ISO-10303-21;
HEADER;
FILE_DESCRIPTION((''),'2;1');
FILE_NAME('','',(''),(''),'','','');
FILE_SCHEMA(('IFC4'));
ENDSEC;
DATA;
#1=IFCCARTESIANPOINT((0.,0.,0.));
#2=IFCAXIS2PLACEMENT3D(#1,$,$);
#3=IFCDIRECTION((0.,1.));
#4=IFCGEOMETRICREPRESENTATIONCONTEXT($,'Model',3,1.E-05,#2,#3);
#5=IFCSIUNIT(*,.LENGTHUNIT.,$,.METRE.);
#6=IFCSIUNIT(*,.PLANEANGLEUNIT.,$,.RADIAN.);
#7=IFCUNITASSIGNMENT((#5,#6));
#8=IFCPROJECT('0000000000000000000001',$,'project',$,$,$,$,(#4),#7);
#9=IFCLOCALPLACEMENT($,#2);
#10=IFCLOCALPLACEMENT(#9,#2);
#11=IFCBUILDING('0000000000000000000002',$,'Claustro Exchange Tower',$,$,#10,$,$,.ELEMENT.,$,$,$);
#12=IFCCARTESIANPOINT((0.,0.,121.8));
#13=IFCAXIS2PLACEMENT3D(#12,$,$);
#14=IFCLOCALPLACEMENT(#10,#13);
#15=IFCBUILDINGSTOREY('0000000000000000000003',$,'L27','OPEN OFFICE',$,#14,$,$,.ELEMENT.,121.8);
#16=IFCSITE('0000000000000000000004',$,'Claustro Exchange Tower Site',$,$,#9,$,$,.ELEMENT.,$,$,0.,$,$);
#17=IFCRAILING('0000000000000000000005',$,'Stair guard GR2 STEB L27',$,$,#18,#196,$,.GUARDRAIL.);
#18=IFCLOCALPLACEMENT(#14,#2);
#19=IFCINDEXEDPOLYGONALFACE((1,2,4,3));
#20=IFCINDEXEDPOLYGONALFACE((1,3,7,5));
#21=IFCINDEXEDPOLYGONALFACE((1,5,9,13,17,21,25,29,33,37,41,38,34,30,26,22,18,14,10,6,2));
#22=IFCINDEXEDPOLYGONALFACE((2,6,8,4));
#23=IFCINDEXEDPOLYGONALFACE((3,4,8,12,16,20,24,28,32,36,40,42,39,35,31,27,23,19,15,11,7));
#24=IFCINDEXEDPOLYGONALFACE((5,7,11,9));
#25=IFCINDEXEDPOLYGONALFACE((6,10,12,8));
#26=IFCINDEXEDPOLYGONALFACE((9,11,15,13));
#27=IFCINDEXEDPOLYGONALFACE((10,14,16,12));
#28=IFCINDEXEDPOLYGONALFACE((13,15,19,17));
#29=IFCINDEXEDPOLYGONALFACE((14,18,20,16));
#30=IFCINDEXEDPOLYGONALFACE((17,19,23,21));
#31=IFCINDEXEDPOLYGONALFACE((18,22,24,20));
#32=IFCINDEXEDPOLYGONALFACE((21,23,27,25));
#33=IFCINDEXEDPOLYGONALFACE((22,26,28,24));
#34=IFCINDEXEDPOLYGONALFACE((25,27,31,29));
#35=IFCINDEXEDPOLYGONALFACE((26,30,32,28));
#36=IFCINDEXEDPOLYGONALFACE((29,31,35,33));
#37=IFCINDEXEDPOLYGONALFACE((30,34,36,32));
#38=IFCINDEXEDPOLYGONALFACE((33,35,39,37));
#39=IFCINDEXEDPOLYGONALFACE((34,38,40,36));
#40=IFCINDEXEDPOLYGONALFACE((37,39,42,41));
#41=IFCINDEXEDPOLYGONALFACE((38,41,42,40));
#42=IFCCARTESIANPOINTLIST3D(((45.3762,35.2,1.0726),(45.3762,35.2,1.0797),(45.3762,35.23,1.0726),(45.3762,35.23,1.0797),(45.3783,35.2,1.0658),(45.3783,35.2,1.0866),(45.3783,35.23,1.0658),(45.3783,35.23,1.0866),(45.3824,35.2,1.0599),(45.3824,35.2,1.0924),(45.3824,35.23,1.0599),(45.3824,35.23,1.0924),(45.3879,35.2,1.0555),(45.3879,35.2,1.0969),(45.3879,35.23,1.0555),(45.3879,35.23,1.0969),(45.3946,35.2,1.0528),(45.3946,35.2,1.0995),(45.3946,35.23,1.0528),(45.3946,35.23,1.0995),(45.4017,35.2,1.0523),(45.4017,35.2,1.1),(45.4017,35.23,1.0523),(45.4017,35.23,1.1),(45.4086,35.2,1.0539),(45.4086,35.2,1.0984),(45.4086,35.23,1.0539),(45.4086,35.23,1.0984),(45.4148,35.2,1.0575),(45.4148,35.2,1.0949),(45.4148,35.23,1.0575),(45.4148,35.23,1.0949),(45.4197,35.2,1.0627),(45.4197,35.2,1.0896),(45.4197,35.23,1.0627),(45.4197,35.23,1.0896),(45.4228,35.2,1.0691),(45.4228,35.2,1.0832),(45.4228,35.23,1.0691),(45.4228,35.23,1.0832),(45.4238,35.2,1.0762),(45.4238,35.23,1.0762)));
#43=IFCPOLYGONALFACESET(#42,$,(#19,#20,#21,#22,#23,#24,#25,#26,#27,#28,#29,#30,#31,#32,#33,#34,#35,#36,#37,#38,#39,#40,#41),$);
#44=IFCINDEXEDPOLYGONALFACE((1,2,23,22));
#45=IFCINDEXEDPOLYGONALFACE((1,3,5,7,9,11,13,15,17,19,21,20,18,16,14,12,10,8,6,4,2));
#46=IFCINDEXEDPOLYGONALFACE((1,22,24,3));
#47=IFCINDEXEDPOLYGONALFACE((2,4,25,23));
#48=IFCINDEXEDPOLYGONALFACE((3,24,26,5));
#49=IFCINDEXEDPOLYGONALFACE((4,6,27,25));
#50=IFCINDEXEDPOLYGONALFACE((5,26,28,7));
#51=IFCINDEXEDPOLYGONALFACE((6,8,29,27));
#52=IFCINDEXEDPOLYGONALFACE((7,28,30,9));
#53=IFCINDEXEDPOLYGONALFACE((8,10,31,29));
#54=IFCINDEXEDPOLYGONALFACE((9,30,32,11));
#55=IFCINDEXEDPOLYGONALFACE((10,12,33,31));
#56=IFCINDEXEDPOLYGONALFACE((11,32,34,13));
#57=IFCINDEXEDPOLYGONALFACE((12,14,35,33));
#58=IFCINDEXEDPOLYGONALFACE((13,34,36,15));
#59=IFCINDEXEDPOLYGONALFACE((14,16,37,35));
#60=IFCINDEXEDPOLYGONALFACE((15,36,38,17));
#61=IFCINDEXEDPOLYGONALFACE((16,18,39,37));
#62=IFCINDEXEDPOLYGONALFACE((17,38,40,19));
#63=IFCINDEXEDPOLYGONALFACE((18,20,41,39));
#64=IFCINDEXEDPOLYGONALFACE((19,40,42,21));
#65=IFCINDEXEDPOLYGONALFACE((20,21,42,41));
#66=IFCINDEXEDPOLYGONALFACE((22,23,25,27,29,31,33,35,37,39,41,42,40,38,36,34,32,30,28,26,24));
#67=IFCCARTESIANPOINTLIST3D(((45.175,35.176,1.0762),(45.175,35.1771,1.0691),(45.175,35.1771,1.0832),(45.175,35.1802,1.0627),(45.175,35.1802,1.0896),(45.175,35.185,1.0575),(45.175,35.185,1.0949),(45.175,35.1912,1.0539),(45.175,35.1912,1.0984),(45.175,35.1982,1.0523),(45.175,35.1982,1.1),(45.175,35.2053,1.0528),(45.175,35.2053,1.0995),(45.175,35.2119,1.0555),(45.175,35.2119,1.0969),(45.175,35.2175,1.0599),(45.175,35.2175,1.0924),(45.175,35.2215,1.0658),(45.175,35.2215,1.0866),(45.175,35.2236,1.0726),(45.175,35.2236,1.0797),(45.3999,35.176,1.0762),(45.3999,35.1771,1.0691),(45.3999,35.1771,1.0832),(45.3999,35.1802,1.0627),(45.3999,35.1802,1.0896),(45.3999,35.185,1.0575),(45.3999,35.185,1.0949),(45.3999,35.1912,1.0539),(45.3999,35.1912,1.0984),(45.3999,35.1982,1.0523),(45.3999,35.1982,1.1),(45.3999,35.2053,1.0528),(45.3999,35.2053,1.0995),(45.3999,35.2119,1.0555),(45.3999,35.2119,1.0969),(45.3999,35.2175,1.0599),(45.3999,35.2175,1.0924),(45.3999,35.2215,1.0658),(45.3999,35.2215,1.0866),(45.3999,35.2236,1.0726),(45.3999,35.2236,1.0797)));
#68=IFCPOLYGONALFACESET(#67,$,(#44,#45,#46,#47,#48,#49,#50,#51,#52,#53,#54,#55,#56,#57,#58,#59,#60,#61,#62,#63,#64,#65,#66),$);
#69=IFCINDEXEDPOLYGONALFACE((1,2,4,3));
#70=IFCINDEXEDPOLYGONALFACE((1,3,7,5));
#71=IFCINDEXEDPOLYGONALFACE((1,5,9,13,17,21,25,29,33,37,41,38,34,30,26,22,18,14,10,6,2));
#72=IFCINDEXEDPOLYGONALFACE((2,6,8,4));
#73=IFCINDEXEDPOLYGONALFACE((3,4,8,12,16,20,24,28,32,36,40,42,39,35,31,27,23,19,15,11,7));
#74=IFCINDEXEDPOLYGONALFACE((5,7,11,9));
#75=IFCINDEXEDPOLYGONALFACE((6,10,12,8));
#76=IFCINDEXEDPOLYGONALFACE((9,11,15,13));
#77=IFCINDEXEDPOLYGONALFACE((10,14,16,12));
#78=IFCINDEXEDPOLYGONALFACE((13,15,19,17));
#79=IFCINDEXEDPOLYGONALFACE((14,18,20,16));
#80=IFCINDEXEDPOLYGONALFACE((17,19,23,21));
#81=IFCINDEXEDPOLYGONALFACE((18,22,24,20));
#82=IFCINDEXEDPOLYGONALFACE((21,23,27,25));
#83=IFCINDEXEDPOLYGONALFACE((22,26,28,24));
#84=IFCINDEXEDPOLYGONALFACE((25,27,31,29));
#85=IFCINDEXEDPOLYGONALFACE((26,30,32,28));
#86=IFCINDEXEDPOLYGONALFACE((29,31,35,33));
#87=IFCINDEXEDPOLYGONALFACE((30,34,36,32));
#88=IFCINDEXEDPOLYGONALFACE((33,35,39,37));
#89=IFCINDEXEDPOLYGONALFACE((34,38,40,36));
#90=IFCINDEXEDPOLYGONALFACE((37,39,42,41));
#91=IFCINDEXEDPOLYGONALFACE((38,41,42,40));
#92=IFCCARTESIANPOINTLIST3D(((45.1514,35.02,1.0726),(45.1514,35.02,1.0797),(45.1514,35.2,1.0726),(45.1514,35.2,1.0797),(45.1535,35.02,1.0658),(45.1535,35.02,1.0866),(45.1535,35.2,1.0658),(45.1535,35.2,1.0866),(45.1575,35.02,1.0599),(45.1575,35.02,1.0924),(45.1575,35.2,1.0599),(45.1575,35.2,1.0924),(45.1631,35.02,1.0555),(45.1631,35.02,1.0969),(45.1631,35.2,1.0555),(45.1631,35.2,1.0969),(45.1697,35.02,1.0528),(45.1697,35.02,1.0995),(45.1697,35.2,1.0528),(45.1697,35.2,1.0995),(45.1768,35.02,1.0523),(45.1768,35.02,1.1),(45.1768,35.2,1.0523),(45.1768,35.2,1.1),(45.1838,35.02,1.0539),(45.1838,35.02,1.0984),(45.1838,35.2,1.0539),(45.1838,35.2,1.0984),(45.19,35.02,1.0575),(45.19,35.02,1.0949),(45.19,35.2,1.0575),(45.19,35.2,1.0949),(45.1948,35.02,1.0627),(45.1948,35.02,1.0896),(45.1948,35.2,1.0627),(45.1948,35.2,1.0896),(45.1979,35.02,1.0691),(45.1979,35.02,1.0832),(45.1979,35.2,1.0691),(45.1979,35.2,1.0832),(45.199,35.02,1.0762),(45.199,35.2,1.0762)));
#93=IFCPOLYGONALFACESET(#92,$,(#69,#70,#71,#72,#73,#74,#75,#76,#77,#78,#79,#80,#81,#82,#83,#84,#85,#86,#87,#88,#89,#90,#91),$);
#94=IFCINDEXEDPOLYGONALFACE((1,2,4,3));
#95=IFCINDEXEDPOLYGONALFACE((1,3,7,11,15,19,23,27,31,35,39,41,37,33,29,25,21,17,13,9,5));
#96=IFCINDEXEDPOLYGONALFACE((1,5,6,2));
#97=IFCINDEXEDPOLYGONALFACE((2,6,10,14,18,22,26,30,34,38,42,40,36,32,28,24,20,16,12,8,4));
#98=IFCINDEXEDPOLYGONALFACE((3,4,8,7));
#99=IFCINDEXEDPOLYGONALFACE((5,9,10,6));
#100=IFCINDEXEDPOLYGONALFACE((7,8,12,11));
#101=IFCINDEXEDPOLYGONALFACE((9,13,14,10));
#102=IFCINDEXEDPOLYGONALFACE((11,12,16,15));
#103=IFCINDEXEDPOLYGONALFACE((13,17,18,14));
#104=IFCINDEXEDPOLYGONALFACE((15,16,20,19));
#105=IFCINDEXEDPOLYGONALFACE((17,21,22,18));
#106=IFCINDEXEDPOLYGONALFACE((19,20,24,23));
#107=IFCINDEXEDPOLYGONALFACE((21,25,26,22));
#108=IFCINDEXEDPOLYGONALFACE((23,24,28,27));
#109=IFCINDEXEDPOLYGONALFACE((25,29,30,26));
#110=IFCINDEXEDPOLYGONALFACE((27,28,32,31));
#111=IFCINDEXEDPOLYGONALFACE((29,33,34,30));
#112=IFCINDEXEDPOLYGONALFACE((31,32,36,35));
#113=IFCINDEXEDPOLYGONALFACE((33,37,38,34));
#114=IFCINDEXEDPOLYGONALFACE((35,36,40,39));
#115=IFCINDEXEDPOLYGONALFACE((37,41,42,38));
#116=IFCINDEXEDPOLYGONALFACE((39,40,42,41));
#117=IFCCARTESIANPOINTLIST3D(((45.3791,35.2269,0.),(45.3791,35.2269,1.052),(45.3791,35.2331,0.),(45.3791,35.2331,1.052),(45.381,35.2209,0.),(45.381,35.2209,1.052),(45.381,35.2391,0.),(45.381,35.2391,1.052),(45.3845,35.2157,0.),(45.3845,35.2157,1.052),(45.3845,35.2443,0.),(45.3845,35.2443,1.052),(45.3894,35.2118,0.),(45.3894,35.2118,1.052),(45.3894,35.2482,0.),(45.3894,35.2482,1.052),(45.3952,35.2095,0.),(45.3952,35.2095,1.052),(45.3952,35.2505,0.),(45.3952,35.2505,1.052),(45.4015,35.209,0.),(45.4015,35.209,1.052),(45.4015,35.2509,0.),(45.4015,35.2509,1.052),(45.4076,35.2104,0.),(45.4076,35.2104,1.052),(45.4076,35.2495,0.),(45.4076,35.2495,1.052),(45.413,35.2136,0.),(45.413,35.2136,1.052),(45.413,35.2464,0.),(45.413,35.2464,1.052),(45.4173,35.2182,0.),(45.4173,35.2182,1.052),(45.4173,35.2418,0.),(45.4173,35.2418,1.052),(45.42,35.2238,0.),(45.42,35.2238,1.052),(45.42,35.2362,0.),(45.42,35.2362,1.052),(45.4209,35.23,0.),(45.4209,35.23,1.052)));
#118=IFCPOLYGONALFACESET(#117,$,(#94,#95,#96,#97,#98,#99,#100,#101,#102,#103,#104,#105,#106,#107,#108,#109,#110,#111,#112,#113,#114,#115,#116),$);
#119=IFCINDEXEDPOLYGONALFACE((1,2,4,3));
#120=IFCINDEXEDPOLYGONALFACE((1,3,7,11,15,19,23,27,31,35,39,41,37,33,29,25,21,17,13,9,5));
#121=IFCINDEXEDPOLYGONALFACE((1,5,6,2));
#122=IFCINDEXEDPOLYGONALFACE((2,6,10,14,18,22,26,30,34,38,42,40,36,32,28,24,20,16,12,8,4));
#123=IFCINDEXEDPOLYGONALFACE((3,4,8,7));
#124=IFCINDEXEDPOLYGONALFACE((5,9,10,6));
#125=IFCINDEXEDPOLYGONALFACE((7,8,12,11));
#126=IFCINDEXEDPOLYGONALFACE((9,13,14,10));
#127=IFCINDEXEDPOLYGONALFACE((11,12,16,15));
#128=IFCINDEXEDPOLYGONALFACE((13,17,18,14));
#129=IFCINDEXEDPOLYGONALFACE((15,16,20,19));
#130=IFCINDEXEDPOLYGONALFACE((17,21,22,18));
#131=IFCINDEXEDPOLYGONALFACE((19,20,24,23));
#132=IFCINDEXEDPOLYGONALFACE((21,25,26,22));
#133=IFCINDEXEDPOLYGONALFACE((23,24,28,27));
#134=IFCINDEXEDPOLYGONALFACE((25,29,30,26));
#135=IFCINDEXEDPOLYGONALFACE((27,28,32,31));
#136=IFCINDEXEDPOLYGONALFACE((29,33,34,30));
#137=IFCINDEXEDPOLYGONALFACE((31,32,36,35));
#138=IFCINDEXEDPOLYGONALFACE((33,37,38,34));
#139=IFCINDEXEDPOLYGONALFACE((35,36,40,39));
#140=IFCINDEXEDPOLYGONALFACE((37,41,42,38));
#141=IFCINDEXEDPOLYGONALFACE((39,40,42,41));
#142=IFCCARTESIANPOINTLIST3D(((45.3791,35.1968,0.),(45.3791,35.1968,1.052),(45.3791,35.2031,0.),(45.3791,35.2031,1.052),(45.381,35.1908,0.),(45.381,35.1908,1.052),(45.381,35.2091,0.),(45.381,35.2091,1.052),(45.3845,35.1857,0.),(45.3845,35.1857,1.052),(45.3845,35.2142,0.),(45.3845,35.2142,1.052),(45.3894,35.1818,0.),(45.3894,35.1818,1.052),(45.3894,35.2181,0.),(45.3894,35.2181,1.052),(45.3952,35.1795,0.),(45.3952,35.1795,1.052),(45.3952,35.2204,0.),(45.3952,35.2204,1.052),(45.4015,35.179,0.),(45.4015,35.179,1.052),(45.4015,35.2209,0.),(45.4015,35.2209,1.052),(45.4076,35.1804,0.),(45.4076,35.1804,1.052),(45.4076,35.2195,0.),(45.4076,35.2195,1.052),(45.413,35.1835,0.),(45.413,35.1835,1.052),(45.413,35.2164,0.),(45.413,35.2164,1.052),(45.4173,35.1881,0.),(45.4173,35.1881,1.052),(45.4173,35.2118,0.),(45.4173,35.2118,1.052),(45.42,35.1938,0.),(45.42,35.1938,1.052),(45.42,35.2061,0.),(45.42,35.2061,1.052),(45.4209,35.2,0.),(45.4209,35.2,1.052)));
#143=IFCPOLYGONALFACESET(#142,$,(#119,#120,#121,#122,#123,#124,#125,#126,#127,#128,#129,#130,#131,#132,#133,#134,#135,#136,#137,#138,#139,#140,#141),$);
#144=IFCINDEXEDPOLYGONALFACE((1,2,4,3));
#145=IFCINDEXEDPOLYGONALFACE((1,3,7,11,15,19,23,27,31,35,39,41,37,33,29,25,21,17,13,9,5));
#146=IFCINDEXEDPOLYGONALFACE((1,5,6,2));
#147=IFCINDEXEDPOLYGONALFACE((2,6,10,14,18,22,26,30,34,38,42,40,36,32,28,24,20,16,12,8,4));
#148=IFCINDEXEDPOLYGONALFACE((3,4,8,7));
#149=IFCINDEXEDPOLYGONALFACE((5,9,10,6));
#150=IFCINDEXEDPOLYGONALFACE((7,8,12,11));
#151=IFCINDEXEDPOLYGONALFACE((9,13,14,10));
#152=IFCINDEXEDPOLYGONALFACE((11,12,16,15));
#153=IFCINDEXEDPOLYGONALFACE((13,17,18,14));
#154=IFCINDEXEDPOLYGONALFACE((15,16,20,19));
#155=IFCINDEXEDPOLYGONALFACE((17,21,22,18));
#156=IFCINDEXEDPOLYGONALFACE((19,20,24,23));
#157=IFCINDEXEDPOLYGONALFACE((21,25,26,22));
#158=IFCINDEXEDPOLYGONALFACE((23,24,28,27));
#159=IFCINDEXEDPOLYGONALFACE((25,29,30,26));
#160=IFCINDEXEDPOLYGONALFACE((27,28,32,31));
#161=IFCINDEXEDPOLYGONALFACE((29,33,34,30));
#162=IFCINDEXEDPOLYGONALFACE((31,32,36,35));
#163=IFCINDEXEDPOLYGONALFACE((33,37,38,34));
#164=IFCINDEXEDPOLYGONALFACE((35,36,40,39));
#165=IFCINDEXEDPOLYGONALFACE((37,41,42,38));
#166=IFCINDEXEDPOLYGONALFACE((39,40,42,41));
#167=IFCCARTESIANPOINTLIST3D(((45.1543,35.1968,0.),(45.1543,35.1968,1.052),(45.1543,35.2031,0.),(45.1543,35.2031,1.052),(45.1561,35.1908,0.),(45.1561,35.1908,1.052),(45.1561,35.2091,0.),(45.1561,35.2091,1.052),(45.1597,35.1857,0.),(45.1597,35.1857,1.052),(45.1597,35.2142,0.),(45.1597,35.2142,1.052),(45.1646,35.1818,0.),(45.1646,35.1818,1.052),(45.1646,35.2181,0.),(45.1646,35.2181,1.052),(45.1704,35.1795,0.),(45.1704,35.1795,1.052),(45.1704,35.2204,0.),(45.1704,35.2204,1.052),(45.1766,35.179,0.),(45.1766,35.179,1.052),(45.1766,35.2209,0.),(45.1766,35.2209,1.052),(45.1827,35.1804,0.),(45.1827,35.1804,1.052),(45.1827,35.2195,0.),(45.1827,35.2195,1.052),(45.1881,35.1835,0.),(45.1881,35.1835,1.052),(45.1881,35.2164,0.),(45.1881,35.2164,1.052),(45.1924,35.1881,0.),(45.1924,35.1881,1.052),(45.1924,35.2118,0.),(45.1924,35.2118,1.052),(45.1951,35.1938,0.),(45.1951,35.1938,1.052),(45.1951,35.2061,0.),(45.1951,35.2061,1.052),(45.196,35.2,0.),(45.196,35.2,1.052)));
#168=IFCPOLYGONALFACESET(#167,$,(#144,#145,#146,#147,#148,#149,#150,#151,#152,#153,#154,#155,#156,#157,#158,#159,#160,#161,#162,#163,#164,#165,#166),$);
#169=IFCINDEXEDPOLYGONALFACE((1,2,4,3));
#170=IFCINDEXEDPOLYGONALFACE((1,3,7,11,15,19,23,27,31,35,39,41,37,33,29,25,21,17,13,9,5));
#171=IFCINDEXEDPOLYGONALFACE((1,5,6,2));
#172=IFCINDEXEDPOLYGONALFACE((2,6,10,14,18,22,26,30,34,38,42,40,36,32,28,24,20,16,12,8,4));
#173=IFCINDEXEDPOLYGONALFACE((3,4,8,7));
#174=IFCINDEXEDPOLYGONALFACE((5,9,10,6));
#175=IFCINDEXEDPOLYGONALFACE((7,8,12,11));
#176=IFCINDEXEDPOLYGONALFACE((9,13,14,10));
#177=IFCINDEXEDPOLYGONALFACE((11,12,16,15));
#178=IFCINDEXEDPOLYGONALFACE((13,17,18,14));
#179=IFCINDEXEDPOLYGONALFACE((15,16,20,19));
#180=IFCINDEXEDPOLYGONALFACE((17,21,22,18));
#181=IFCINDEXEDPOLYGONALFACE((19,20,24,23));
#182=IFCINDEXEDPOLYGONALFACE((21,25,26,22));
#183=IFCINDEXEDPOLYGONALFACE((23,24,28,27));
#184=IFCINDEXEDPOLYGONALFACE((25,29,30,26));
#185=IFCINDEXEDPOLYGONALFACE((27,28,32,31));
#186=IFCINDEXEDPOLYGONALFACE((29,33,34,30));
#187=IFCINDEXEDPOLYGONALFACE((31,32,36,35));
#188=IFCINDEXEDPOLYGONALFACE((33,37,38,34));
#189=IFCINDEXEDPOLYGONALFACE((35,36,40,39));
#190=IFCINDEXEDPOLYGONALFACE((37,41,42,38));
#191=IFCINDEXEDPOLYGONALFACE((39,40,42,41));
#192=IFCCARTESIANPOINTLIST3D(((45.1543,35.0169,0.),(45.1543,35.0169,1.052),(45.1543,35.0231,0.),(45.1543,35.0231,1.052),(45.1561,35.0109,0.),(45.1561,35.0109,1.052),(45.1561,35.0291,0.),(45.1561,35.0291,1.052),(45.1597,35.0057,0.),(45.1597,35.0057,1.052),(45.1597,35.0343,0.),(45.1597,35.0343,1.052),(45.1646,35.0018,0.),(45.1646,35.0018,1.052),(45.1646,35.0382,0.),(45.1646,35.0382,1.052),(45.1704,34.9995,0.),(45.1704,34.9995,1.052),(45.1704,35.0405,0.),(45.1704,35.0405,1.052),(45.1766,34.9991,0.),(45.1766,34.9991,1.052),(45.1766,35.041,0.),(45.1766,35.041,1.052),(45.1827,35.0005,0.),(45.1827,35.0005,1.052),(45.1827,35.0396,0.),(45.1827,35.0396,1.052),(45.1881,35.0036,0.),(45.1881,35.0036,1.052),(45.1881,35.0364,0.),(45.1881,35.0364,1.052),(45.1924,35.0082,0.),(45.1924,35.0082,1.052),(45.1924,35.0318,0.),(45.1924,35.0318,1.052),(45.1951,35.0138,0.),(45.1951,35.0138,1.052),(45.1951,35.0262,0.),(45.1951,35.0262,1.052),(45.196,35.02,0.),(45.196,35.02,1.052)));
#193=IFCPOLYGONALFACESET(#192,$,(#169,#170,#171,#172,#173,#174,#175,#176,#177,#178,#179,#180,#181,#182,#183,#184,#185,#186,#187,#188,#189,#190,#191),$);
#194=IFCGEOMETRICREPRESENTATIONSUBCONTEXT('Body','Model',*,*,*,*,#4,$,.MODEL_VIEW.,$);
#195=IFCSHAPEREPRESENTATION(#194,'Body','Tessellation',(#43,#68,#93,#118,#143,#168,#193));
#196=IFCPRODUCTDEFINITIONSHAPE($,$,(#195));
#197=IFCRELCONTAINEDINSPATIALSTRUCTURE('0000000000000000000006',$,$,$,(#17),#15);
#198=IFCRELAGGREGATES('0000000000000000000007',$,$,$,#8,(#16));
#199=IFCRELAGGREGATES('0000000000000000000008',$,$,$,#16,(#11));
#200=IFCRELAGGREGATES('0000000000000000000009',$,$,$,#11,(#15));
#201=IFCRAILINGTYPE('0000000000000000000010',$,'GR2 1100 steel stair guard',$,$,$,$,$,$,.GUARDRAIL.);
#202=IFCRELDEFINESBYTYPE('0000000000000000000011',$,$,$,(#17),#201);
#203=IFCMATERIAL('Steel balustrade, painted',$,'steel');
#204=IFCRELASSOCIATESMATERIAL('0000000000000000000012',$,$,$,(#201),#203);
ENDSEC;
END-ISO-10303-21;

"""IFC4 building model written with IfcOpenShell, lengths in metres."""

from ifc_helpers import new_model, si_unit, direction, frame, origin, origin_2d, place, context, subcontext, project, spatial, circle, extrude, material, type_object, element, save


model = new_model("IFC4")

# Units and contexts
model_context = context("Model", 3, precision=1e-05, world=origin(), true_north=direction((0.0, 1.0)))
body_context = subcontext(model_context, "Body", "Model", "MODEL_VIEW")
ifc_project = project(units=[si_unit("LENGTHUNIT", "METRE"), si_unit("PLANEANGLEUNIT", "RADIAN")], contexts=[model_context])

# Site, building, storey
site_placement = place(None, origin())
site = spatial("IfcSite", under=ifc_project, at=site_placement, Name="Claustro Exchange Tower Site", CompositionType="ELEMENT", RefElevation=0.0)
building_placement = place(site_placement, origin())
building = spatial("IfcBuilding", under=site, at=building_placement, Name="Claustro Exchange Tower", CompositionType="ELEMENT")
storey_placement = place(building_placement, frame((0.0, 0.0, 121.8)))
storey = spatial("IfcBuildingStorey", under=building, at=storey_placement, Name="L27", Description="OPEN OFFICE", CompositionType="ELEMENT", Elevation=121.8)

# Railing
ifc_material_1 = material(Name="Steel balustrade, painted", Category="steel")
railing_type_1 = type_object("IfcRailingType", Name="GR2 1100 steel stair guard", PredefinedType="GUARDRAIL", material=ifc_material_1)
railing_1_placement = place(storey_placement, frame((45.3999, 35.23, 0.0)))
element("IfcRailing", 1, at=railing_1_placement, inside=storey, type_object=railing_type_1, Name="Stair guard GR2 STEB L27", PredefinedType="GUARDRAIL", context=body_context, shape_type="SweptSolid", body=[
    extrude(circle(Radius=0.0239, at=origin_2d()), frame((0.0, 0.0, 1.0762), z_axis=(0.0, -1.0, 0.0), x_axis=(1.0, 0.0, 0.0)), (0.0, 0.0, 1.0), 0.03),
    extrude(circle(Radius=0.0239, at=origin_2d()), frame((0.0, -0.03, 1.0762), z_axis=(-1.0, 0.0, 0.0), x_axis=(0.0, -1.0, 0.0)), (0.0, 0.0, 1.0), 0.2249),
    extrude(circle(Radius=0.0239, at=origin_2d()), frame((-0.2249, -0.03, 1.0762), z_axis=(0.0, -1.0, 0.0), x_axis=(1.0, 0.0, 0.0)), (0.0, 0.0, 1.0), 0.1799),
    extrude(circle(Radius=0.021, at=origin_2d()), origin(), (0.0, 0.0, 1.0), 1.052),
    extrude(circle(Radius=0.021, at=origin_2d()), frame((0.0, -0.03, 0.0)), (0.0, 0.0, 1.0), 1.052),
    extrude(circle(Radius=0.021, at=origin_2d()), frame((-0.2249, -0.03, 0.0)), (0.0, 0.0, 1.0), 1.052),
    extrude(circle(Radius=0.021, at=origin_2d()), frame((-0.2249, -0.21, 0.0)), (0.0, 0.0, 1.0), 1.052),
])

save(model, "model.ifc")
